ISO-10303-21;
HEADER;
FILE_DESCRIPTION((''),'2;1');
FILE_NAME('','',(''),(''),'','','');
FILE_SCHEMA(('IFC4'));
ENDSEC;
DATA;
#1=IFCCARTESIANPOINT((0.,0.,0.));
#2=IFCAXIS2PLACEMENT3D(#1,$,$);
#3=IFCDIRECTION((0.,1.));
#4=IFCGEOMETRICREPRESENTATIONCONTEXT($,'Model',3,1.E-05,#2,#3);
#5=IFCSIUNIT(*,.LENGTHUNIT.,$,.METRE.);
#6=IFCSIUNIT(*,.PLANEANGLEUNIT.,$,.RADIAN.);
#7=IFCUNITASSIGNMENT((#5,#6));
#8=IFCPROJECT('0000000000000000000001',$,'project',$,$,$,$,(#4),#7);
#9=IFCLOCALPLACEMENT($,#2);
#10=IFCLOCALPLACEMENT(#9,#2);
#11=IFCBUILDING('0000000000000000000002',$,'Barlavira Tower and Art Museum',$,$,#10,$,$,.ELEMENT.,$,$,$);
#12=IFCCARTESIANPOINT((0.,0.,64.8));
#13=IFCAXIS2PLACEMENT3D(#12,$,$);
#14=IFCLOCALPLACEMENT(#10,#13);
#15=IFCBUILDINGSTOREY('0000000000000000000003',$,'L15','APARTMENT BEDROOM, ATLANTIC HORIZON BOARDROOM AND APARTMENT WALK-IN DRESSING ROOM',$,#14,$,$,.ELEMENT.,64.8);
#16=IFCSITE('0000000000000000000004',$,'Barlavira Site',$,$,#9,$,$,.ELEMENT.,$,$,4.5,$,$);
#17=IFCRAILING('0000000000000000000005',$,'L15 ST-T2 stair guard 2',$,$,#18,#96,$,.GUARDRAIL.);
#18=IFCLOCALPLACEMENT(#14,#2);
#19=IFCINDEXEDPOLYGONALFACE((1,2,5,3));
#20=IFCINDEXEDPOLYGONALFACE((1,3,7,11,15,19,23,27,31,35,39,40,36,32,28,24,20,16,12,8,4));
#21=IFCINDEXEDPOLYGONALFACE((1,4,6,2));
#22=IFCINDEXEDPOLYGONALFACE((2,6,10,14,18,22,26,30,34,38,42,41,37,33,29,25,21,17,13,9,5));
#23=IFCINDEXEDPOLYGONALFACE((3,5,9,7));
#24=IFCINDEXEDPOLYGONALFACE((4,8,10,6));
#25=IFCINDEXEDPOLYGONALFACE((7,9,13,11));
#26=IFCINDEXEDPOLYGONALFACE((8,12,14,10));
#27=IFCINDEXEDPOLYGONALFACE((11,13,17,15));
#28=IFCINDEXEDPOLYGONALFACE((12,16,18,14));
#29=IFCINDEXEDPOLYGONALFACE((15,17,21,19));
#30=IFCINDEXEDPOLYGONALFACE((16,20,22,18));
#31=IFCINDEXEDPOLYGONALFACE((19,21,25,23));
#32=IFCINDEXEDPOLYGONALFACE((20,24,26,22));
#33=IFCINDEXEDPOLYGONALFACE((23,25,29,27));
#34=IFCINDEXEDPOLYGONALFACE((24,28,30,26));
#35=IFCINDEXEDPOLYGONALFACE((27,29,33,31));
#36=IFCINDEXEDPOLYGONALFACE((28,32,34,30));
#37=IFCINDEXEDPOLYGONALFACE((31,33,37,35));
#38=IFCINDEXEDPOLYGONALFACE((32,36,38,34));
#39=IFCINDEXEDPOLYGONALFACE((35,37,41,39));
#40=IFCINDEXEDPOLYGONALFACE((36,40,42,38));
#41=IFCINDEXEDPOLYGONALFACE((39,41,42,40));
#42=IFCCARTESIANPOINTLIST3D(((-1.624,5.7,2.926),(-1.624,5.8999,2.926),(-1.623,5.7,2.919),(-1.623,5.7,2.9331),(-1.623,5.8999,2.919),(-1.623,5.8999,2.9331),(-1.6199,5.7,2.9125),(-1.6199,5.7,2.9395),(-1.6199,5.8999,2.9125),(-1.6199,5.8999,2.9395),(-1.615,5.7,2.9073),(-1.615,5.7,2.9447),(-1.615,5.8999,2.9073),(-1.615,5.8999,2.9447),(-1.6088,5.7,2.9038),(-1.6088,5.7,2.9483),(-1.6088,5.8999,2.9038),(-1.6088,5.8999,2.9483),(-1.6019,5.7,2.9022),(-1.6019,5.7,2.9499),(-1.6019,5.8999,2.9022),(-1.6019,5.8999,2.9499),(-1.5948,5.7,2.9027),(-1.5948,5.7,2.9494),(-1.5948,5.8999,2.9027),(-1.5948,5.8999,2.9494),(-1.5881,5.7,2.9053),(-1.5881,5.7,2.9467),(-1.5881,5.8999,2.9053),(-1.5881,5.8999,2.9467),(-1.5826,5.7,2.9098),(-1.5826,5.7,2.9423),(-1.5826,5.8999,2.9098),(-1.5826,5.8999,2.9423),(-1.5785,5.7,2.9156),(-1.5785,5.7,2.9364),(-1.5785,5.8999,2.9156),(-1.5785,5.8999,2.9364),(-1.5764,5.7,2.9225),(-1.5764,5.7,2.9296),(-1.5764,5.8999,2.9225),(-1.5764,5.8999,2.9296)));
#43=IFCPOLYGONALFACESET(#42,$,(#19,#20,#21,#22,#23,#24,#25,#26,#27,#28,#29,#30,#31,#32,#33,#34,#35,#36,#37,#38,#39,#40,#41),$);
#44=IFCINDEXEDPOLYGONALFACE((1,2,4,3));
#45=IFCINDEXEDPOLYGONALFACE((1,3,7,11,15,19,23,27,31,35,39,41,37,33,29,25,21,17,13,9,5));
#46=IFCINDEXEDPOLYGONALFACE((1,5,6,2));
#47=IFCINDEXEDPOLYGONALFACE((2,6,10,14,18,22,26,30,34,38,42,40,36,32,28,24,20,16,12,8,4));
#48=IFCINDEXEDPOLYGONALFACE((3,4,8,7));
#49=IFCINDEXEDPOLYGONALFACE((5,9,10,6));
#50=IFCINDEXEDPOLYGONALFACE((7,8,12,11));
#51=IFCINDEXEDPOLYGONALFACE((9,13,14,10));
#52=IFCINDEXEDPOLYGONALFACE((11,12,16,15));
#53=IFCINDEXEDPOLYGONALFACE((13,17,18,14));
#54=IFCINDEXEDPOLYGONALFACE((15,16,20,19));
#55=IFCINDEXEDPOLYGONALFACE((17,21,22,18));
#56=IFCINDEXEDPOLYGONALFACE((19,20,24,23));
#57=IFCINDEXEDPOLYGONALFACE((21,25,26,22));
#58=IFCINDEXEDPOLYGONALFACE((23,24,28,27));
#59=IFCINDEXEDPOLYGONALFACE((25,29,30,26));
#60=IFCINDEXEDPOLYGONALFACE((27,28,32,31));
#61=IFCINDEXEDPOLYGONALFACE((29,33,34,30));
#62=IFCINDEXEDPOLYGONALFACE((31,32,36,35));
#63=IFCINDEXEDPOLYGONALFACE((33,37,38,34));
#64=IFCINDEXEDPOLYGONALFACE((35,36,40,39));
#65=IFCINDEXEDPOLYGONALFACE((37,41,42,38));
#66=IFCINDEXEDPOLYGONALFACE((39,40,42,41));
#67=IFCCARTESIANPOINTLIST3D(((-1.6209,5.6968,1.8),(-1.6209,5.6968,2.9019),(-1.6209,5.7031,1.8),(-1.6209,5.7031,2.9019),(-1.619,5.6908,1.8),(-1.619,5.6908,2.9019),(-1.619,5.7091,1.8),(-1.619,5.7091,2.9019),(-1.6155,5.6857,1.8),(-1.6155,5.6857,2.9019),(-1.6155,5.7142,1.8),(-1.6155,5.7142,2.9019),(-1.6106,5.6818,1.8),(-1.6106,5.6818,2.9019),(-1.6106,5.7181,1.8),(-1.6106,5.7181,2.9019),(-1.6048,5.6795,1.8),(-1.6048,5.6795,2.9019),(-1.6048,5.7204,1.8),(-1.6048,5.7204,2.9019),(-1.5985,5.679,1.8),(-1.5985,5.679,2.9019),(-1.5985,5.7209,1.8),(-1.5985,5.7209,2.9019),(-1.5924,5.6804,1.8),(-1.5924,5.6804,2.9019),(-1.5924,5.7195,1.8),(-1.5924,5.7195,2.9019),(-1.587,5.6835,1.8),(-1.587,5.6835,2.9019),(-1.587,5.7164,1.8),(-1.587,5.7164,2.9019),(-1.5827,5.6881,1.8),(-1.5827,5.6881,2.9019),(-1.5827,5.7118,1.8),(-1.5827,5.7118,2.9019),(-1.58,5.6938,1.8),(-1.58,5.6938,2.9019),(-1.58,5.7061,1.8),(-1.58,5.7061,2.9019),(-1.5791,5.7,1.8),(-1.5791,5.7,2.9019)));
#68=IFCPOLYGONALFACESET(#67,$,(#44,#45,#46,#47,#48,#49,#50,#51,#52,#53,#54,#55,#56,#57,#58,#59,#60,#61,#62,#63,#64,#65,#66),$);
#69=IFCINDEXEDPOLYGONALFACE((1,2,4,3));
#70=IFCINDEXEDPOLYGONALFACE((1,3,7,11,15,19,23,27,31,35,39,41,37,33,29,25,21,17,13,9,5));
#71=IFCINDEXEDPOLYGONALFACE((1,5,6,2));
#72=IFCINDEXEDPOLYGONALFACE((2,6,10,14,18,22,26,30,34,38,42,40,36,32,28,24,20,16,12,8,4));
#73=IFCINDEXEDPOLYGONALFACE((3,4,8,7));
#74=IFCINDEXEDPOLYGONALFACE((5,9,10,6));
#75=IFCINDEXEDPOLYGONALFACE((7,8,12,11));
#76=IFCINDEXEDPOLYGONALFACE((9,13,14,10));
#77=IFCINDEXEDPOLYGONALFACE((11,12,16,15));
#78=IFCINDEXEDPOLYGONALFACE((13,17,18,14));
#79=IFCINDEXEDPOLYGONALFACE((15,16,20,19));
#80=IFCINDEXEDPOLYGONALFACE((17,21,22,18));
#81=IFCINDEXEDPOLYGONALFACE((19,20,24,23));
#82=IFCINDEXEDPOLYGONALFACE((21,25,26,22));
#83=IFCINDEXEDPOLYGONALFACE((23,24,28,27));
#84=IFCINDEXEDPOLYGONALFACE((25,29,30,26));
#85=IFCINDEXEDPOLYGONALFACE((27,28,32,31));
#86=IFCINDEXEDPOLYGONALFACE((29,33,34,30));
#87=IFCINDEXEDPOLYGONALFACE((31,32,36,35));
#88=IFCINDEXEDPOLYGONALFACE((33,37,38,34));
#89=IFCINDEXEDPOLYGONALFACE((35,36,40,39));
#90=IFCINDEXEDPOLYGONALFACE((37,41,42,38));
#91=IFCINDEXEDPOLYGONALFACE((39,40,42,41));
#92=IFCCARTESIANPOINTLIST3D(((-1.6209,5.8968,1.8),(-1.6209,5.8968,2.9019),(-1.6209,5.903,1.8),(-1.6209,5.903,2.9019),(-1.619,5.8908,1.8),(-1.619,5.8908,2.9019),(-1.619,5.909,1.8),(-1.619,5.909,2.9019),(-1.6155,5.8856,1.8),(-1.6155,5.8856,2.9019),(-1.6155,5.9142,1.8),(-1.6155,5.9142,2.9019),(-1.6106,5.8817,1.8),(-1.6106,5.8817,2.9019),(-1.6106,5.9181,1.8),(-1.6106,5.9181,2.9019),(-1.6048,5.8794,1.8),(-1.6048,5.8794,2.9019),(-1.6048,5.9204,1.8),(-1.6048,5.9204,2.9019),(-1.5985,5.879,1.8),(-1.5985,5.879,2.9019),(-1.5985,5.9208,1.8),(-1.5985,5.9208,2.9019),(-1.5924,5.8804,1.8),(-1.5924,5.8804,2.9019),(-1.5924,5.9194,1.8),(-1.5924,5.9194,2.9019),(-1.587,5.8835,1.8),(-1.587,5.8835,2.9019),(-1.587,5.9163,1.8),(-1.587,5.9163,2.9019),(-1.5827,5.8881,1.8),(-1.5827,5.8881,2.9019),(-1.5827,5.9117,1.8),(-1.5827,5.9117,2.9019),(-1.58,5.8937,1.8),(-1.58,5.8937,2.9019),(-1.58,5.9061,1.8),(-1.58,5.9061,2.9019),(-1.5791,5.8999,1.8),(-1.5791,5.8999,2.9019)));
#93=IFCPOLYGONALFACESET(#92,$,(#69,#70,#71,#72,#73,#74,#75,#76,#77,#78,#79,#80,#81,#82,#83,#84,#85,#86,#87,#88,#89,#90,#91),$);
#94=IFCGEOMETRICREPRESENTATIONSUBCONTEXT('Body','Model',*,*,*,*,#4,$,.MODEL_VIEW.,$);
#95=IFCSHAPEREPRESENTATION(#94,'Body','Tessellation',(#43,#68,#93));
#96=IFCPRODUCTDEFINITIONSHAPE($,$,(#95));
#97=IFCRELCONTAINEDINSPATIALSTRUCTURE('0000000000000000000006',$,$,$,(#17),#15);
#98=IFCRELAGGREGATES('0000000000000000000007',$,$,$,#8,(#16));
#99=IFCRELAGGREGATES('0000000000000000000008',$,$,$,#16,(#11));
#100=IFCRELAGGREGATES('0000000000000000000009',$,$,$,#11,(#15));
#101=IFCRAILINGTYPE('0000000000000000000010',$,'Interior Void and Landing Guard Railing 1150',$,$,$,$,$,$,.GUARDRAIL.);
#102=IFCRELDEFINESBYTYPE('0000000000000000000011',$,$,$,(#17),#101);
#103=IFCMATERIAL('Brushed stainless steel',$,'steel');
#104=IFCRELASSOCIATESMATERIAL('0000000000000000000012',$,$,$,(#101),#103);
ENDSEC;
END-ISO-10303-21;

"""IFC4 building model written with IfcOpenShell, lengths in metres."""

from ifc_helpers import new_model, si_unit, direction, frame, origin, origin_2d, place, context, subcontext, project, spatial, circle, extrude, material, type_object, element, save


model = new_model("IFC4")

# Units and contexts
model_context = context("Model", 3, precision=1e-05, world=origin(), true_north=direction((0.0, 1.0)))
body_context = subcontext(model_context, "Body", "Model", "MODEL_VIEW")
ifc_project = project(units=[si_unit("LENGTHUNIT", "METRE"), si_unit("PLANEANGLEUNIT", "RADIAN")], contexts=[model_context])

# Site, building, storey
site_placement = place(None, origin())
site = spatial("IfcSite", under=ifc_project, at=site_placement, Name="Barlavira Site", CompositionType="ELEMENT", RefElevation=4.5)
building_placement = place(site_placement, origin())
building = spatial("IfcBuilding", under=site, at=building_placement, Name="Barlavira Tower and Art Museum", CompositionType="ELEMENT")
storey_placement = place(building_placement, frame((0.0, 0.0, 64.8)))
storey = spatial("IfcBuildingStorey", under=building, at=storey_placement, Name="L15", Description="APARTMENT BEDROOM, ATLANTIC HORIZON BOARDROOM AND APARTMENT WALK-IN DRESSING ROOM", CompositionType="ELEMENT", Elevation=64.8)

# Shared definitions
ifc_material_1 = material(Name="Brushed stainless steel", Category="steel")

# Railing
railing_type_1 = type_object("IfcRailingType", Name="Interior Void and Landing Guard Railing 1150", PredefinedType="GUARDRAIL", material=ifc_material_1)
railing_1_placement = place(storey_placement, frame((-1.6001, 5.7, 1.8)))
element("IfcRailing", 1, at=railing_1_placement, inside=storey, type_object=railing_type_1, Name="L15 ST-T2 stair guard 2", PredefinedType="GUARDRAIL", context=body_context, shape_type="SweptSolid", body=[
    extrude(circle(Radius=0.0239, at=origin_2d()), frame((0.0, 0.0, 1.126), z_axis=(0.0, 1.0, 0.0), x_axis=(-1.0, 0.0, 0.0)), (0.0, 0.0, 1.0), 0.2),
    extrude(circle(Radius=0.021, at=origin_2d()), origin(), (0.0, 0.0, 1.0), 1.1018),
    extrude(circle(Radius=0.021, at=origin_2d()), frame((0.0, 0.2, 0.0)), (0.0, 0.0, 1.0), 1.1018),
])

save(model, "model.ifc")
